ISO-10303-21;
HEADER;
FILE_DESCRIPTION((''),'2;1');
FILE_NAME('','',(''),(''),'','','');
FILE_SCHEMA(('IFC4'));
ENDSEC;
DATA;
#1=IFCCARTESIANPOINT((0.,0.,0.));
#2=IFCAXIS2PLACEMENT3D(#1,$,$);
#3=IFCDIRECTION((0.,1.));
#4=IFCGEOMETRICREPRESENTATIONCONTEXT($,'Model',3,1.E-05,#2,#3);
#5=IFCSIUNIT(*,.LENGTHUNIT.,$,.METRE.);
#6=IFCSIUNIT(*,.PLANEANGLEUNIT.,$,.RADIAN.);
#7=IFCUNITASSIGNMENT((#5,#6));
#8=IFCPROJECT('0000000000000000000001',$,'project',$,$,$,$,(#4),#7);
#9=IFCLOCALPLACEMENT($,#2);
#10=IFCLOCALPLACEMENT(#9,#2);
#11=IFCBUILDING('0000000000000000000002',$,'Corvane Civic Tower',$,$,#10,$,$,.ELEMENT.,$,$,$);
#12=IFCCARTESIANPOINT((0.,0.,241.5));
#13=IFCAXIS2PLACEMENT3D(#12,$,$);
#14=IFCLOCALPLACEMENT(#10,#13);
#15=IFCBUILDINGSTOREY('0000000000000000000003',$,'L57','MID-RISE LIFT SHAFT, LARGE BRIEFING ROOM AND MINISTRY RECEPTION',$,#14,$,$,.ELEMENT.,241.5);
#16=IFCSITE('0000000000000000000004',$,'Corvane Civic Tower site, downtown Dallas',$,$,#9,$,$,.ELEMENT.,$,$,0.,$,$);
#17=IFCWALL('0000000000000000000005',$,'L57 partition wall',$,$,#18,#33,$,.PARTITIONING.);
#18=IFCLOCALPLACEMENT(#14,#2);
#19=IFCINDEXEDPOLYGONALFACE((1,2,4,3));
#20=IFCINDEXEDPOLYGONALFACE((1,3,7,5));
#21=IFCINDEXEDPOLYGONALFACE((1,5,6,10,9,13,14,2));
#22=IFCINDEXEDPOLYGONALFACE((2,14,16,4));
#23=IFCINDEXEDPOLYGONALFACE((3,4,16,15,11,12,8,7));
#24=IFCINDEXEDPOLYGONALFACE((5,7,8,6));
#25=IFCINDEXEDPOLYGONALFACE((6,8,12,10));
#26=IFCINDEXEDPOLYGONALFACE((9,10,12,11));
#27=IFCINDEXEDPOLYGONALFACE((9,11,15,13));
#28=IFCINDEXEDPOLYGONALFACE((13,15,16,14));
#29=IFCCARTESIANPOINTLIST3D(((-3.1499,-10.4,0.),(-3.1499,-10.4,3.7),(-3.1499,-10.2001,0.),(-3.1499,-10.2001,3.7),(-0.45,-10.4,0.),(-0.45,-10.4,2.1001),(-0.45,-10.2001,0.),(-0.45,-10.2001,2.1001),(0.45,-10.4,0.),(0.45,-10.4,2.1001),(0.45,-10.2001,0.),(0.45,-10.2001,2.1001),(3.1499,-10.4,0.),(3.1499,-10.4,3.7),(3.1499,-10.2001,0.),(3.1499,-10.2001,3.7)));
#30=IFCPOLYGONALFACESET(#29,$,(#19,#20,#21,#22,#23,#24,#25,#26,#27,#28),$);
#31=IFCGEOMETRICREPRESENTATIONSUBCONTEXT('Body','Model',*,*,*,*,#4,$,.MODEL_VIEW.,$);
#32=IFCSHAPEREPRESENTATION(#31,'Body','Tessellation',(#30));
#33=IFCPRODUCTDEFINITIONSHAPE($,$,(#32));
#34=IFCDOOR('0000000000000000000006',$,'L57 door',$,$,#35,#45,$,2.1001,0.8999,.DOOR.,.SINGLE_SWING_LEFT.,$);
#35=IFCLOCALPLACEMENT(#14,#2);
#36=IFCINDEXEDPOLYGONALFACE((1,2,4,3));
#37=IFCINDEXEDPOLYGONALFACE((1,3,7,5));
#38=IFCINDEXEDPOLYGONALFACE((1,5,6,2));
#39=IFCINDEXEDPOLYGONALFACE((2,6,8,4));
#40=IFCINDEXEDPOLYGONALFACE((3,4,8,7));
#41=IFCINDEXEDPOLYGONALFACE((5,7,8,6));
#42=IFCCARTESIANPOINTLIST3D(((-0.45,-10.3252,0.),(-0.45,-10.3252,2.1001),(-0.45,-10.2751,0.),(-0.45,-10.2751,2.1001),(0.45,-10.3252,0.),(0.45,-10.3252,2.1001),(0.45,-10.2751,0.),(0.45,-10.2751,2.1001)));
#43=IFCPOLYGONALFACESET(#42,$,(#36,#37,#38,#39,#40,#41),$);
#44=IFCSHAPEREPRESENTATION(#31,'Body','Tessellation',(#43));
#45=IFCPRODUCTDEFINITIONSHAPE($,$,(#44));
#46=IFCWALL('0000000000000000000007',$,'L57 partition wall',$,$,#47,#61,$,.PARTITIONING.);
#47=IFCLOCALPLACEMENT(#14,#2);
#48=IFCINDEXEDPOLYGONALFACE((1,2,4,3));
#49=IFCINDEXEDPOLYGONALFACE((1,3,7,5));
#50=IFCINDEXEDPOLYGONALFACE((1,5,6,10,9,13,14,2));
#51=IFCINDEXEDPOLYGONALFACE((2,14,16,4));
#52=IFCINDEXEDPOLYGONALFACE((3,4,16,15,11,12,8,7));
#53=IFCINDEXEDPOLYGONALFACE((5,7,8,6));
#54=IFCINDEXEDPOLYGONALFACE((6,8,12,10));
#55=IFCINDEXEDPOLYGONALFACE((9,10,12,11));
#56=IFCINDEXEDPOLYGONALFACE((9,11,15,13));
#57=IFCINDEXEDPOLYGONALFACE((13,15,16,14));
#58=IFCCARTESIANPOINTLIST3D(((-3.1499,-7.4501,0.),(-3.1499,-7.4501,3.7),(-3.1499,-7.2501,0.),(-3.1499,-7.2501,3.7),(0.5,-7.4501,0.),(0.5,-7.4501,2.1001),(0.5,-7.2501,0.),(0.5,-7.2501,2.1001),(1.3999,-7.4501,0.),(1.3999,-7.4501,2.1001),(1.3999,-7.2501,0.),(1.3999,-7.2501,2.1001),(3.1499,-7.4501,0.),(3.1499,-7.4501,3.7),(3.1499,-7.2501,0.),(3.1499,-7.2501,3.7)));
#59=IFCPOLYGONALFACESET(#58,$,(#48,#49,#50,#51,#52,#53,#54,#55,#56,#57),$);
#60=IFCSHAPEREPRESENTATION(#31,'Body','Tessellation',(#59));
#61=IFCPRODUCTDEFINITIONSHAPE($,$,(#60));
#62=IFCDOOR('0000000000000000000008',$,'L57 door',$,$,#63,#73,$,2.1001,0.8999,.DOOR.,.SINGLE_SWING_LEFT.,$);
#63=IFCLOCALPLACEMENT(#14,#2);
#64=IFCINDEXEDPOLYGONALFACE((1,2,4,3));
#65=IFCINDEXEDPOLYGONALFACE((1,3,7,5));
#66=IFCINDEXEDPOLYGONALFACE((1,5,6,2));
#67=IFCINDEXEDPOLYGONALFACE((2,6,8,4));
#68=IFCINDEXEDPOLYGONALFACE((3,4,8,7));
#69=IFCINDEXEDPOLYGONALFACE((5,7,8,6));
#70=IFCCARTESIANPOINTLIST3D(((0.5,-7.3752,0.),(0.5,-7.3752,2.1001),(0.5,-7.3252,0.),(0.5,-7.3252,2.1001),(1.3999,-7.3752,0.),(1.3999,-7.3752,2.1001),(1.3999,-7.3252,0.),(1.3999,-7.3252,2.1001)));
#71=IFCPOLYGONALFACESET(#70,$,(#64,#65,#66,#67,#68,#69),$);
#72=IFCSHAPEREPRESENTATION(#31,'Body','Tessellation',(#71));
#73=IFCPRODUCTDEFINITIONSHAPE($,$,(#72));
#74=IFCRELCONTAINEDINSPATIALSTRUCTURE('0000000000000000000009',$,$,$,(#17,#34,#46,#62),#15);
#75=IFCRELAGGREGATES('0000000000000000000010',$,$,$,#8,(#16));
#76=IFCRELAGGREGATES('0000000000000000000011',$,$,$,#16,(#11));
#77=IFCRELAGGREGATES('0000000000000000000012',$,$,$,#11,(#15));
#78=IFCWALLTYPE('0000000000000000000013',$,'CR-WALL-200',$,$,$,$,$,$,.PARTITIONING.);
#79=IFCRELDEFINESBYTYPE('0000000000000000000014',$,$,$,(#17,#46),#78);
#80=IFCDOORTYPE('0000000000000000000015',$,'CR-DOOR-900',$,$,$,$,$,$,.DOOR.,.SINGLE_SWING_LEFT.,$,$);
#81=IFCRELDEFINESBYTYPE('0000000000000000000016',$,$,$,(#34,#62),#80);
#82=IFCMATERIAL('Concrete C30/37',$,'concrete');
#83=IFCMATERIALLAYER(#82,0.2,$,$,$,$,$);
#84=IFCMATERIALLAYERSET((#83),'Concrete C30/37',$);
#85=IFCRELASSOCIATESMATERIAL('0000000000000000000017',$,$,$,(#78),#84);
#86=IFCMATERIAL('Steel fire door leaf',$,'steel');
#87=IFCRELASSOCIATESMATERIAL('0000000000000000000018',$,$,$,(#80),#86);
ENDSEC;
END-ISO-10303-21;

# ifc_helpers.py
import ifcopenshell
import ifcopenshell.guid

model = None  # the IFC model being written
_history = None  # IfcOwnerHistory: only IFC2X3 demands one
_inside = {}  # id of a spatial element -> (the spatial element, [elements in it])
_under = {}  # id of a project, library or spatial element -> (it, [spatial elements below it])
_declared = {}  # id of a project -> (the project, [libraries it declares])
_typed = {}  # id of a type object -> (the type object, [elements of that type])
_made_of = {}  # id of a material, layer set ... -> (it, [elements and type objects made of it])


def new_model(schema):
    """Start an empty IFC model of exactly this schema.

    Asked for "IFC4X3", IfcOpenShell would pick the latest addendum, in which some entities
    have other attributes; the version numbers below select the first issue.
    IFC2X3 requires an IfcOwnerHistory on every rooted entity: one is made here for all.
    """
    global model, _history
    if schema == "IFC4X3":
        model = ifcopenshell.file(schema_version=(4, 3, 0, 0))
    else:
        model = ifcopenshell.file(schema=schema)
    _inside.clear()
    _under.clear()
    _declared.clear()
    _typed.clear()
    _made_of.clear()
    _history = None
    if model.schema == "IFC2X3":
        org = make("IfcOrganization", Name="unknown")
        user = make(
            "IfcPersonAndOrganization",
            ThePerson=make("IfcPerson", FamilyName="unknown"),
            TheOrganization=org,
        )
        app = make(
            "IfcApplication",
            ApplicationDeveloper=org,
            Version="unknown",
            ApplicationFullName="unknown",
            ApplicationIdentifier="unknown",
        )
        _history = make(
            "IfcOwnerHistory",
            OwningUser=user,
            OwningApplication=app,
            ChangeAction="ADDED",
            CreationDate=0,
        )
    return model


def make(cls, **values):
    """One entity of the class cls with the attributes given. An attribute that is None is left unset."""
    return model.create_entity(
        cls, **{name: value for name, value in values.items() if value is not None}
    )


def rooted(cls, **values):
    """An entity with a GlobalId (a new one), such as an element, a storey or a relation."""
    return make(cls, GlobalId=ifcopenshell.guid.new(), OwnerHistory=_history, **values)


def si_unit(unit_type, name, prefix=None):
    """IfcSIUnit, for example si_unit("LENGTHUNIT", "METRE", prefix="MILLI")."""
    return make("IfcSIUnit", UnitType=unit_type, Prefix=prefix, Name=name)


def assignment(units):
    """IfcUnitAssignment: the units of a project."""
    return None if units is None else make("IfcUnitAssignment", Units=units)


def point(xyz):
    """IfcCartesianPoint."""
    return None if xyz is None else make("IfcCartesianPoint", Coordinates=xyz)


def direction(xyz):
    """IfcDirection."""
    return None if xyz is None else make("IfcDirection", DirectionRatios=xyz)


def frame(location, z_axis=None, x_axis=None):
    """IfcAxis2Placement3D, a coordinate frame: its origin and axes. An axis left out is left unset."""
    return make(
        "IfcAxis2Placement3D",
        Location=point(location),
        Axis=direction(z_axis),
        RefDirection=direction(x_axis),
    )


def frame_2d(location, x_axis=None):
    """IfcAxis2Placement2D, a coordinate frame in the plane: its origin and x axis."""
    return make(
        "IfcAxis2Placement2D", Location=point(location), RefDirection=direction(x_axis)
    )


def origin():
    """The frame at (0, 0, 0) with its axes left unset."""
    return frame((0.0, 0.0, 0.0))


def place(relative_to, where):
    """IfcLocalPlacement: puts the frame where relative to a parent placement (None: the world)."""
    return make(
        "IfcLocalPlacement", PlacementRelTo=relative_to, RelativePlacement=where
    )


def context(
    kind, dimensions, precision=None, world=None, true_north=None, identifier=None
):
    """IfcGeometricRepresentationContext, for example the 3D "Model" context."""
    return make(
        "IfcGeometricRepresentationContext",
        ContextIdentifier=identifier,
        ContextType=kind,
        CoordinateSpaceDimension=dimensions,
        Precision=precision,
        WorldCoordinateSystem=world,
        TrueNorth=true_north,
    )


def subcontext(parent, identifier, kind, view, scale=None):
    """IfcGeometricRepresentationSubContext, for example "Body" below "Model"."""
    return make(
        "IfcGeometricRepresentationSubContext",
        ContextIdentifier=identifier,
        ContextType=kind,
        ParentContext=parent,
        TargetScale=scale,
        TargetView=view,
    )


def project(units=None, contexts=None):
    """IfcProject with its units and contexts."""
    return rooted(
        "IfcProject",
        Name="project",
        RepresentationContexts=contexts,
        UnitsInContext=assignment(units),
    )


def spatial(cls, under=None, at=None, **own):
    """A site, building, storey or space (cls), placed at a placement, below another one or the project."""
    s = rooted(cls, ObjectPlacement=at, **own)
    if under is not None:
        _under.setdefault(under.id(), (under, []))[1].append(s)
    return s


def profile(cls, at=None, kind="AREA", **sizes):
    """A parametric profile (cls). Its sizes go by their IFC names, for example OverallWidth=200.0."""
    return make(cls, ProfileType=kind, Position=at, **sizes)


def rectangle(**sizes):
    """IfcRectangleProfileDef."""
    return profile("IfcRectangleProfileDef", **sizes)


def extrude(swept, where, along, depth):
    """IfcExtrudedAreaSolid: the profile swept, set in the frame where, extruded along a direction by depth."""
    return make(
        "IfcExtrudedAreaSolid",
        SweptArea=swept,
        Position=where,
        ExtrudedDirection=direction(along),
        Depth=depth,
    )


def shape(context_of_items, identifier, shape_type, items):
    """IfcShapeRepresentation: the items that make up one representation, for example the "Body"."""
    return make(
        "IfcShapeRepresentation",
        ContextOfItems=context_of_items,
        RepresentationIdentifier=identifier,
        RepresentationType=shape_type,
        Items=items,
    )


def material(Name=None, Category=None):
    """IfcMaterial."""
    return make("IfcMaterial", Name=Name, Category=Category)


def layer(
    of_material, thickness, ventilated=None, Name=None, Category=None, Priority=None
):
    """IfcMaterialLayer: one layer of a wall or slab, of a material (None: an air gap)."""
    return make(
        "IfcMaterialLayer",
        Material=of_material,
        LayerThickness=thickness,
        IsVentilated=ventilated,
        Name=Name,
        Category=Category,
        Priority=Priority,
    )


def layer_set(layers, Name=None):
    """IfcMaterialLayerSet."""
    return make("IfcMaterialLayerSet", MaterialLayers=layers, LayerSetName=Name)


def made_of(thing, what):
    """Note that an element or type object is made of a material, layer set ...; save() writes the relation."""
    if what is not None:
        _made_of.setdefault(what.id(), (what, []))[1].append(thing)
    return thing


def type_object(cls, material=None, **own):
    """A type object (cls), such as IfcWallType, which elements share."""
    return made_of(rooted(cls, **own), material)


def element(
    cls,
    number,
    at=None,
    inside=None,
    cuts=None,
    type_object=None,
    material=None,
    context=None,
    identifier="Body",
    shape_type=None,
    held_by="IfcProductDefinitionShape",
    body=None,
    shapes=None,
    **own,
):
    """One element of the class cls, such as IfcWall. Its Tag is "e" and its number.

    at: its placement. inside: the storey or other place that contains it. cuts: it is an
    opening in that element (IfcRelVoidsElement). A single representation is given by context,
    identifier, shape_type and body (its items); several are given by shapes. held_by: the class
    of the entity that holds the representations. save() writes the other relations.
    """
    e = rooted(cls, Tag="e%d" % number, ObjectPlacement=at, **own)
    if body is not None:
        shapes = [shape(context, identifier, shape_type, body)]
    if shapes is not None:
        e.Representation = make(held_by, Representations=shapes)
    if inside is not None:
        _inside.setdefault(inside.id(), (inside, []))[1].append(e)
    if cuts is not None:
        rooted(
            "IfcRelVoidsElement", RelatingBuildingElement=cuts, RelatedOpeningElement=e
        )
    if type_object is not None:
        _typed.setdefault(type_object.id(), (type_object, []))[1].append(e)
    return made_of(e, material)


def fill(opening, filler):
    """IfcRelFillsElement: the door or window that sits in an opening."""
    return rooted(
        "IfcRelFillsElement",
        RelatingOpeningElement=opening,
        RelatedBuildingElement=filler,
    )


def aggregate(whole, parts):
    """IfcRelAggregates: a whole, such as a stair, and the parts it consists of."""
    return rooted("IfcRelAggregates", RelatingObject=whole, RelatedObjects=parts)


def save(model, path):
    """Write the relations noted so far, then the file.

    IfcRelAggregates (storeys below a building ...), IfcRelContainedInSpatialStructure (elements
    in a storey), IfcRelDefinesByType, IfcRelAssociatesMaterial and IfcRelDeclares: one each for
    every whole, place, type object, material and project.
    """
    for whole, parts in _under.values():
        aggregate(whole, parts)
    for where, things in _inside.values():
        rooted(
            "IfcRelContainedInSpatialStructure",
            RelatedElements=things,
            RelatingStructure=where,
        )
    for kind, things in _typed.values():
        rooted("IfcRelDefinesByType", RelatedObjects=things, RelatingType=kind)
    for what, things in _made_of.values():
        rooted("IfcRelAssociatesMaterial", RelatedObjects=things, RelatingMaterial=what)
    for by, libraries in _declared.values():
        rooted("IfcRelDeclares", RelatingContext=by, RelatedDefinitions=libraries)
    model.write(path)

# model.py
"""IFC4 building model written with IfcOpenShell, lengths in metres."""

from ifc_helpers import new_model, si_unit, direction, frame, frame_2d, origin, place, context, subcontext, project, spatial, rectangle, extrude, material, layer, layer_set, type_object, element, fill, save


model = new_model("IFC4")

# Units and contexts
model_context = context("Model", 3, precision=1e-05, world=origin(), true_north=direction((0.0, 1.0)))
body_context = subcontext(model_context, "Body", "Model", "MODEL_VIEW")
ifc_project = project(units=[si_unit("LENGTHUNIT", "METRE"), si_unit("PLANEANGLEUNIT", "RADIAN")], contexts=[model_context])

# Site, building, storey
site_placement = place(None, origin())
site = spatial("IfcSite", under=ifc_project, at=site_placement, Name="Corvane Civic Tower site, downtown Dallas", CompositionType="ELEMENT", RefElevation=0.0)
building_placement = place(site_placement, origin())
building = spatial("IfcBuilding", under=site, at=building_placement, Name="Corvane Civic Tower", CompositionType="ELEMENT")
storey_placement = place(building_placement, frame((0.0, 0.0, 241.5)))
storey = spatial("IfcBuildingStorey", under=building, at=storey_placement, Name="L57", Description="MID-RISE LIFT SHAFT, LARGE BRIEFING ROOM AND MINISTRY RECEPTION", CompositionType="ELEMENT", Elevation=241.5)

# Walls, openings, doors
ifc_material_1 = material(Name="Concrete C30/37", Category="concrete")
ifc_layer_1 = layer(ifc_material_1, 0.2)
ifc_layer_set_1 = layer_set([ifc_layer_1], Name="Concrete C30/37")
wall_type_1 = type_object("IfcWallType", Name="CR-WALL-200", PredefinedType="PARTITIONING", material=ifc_layer_set_1)
wall_1_placement = place(storey_placement, frame((-3.1499, -10.3, 0.0), z_axis=(0.0, 0.0, 1.0), x_axis=(1.0, 0.0, 0.0)))
wall_1 = element("IfcWall", 1, at=wall_1_placement, inside=storey, type_object=wall_type_1, Name="L57 partition wall", PredefinedType="PARTITIONING", context=body_context, shape_type="SweptSolid", body=[
    extrude(rectangle(XDim=6.2998, YDim=0.2, at=frame_2d((3.1499, 0.0))), origin(), (0.0, 0.0, 1.0), 3.7),
])
opening_1_placement = place(wall_1_placement, frame((2.7, 0.0, 0.0)))
opening_1 = element("IfcOpeningElement", 2, at=opening_1_placement, cuts=wall_1, PredefinedType="OPENING", context=body_context, shape_type="SweptSolid", body=[
    extrude(rectangle(XDim=0.8999, YDim=2.1001, at=frame_2d((0.45, 1.05))), frame((0.0, 0.1099, 0.0), z_axis=(0.0, -1.0, 0.0), x_axis=(1.0, 0.0, 0.0)), (0.0, 0.0, 1.0), 0.22),
])
ifc_material_2 = material(Name="Steel fire door leaf", Category="steel")
door_type_1 = type_object("IfcDoorType", Name="CR-DOOR-900", OperationType="SINGLE_SWING_LEFT", PredefinedType="DOOR", material=ifc_material_2)
door_1_placement = place(opening_1_placement, origin())
door_1 = element("IfcDoor", 3, at=door_1_placement, inside=storey, type_object=door_type_1, Name="L57 door", OperationType="SINGLE_SWING_LEFT", OverallHeight=2.1001, OverallWidth=0.8999, PredefinedType="DOOR", context=body_context, shape_type="SweptSolid", body=[
    extrude(rectangle(XDim=0.8999, YDim=2.1001, at=frame_2d((0.45, 1.05))), frame((0.0, 0.0249, 0.0), z_axis=(0.0, -1.0, 0.0), x_axis=(1.0, 0.0, 0.0)), (0.0, 0.0, 1.0), 0.05),
])
fill(opening_1, door_1)
wall_2_placement = place(storey_placement, frame((-3.1499, -7.3501, 0.0), z_axis=(0.0, 0.0, 1.0), x_axis=(1.0, 0.0, 0.0)))
wall_2 = element("IfcWall", 4, at=wall_2_placement, inside=storey, type_object=wall_type_1, Name="L57 partition wall", PredefinedType="PARTITIONING", context=body_context, shape_type="SweptSolid", body=[
    extrude(rectangle(XDim=6.2998, YDim=0.2, at=frame_2d((3.1499, 0.0))), origin(), (0.0, 0.0, 1.0), 3.7),
])
opening_2_placement = place(wall_2_placement, frame((3.6499, 0.0, 0.0)))
opening_2 = element("IfcOpeningElement", 5, at=opening_2_placement, cuts=wall_2, PredefinedType="OPENING", context=body_context, shape_type="SweptSolid", body=[
    extrude(rectangle(XDim=0.8999, YDim=2.1001, at=frame_2d((0.45, 1.05))), frame((0.0, 0.1099, 0.0), z_axis=(0.0, -1.0, 0.0), x_axis=(1.0, 0.0, 0.0)), (0.0, 0.0, 1.0), 0.22),
])
door_2_placement = place(opening_2_placement, origin())
door_2 = element("IfcDoor", 6, at=door_2_placement, inside=storey, type_object=door_type_1, Name="L57 door", OperationType="SINGLE_SWING_LEFT", OverallHeight=2.1001, OverallWidth=0.8999, PredefinedType="DOOR", context=body_context, shape_type="SweptSolid", body=[
    extrude(rectangle(XDim=0.8999, YDim=2.1001, at=frame_2d((0.45, 1.05))), frame((0.0, 0.0249, 0.0), z_axis=(0.0, -1.0, 0.0), x_axis=(1.0, 0.0, 0.0)), (0.0, 0.0, 1.0), 0.05),
])
fill(opening_2, door_2)

save(model, "model.ifc")
